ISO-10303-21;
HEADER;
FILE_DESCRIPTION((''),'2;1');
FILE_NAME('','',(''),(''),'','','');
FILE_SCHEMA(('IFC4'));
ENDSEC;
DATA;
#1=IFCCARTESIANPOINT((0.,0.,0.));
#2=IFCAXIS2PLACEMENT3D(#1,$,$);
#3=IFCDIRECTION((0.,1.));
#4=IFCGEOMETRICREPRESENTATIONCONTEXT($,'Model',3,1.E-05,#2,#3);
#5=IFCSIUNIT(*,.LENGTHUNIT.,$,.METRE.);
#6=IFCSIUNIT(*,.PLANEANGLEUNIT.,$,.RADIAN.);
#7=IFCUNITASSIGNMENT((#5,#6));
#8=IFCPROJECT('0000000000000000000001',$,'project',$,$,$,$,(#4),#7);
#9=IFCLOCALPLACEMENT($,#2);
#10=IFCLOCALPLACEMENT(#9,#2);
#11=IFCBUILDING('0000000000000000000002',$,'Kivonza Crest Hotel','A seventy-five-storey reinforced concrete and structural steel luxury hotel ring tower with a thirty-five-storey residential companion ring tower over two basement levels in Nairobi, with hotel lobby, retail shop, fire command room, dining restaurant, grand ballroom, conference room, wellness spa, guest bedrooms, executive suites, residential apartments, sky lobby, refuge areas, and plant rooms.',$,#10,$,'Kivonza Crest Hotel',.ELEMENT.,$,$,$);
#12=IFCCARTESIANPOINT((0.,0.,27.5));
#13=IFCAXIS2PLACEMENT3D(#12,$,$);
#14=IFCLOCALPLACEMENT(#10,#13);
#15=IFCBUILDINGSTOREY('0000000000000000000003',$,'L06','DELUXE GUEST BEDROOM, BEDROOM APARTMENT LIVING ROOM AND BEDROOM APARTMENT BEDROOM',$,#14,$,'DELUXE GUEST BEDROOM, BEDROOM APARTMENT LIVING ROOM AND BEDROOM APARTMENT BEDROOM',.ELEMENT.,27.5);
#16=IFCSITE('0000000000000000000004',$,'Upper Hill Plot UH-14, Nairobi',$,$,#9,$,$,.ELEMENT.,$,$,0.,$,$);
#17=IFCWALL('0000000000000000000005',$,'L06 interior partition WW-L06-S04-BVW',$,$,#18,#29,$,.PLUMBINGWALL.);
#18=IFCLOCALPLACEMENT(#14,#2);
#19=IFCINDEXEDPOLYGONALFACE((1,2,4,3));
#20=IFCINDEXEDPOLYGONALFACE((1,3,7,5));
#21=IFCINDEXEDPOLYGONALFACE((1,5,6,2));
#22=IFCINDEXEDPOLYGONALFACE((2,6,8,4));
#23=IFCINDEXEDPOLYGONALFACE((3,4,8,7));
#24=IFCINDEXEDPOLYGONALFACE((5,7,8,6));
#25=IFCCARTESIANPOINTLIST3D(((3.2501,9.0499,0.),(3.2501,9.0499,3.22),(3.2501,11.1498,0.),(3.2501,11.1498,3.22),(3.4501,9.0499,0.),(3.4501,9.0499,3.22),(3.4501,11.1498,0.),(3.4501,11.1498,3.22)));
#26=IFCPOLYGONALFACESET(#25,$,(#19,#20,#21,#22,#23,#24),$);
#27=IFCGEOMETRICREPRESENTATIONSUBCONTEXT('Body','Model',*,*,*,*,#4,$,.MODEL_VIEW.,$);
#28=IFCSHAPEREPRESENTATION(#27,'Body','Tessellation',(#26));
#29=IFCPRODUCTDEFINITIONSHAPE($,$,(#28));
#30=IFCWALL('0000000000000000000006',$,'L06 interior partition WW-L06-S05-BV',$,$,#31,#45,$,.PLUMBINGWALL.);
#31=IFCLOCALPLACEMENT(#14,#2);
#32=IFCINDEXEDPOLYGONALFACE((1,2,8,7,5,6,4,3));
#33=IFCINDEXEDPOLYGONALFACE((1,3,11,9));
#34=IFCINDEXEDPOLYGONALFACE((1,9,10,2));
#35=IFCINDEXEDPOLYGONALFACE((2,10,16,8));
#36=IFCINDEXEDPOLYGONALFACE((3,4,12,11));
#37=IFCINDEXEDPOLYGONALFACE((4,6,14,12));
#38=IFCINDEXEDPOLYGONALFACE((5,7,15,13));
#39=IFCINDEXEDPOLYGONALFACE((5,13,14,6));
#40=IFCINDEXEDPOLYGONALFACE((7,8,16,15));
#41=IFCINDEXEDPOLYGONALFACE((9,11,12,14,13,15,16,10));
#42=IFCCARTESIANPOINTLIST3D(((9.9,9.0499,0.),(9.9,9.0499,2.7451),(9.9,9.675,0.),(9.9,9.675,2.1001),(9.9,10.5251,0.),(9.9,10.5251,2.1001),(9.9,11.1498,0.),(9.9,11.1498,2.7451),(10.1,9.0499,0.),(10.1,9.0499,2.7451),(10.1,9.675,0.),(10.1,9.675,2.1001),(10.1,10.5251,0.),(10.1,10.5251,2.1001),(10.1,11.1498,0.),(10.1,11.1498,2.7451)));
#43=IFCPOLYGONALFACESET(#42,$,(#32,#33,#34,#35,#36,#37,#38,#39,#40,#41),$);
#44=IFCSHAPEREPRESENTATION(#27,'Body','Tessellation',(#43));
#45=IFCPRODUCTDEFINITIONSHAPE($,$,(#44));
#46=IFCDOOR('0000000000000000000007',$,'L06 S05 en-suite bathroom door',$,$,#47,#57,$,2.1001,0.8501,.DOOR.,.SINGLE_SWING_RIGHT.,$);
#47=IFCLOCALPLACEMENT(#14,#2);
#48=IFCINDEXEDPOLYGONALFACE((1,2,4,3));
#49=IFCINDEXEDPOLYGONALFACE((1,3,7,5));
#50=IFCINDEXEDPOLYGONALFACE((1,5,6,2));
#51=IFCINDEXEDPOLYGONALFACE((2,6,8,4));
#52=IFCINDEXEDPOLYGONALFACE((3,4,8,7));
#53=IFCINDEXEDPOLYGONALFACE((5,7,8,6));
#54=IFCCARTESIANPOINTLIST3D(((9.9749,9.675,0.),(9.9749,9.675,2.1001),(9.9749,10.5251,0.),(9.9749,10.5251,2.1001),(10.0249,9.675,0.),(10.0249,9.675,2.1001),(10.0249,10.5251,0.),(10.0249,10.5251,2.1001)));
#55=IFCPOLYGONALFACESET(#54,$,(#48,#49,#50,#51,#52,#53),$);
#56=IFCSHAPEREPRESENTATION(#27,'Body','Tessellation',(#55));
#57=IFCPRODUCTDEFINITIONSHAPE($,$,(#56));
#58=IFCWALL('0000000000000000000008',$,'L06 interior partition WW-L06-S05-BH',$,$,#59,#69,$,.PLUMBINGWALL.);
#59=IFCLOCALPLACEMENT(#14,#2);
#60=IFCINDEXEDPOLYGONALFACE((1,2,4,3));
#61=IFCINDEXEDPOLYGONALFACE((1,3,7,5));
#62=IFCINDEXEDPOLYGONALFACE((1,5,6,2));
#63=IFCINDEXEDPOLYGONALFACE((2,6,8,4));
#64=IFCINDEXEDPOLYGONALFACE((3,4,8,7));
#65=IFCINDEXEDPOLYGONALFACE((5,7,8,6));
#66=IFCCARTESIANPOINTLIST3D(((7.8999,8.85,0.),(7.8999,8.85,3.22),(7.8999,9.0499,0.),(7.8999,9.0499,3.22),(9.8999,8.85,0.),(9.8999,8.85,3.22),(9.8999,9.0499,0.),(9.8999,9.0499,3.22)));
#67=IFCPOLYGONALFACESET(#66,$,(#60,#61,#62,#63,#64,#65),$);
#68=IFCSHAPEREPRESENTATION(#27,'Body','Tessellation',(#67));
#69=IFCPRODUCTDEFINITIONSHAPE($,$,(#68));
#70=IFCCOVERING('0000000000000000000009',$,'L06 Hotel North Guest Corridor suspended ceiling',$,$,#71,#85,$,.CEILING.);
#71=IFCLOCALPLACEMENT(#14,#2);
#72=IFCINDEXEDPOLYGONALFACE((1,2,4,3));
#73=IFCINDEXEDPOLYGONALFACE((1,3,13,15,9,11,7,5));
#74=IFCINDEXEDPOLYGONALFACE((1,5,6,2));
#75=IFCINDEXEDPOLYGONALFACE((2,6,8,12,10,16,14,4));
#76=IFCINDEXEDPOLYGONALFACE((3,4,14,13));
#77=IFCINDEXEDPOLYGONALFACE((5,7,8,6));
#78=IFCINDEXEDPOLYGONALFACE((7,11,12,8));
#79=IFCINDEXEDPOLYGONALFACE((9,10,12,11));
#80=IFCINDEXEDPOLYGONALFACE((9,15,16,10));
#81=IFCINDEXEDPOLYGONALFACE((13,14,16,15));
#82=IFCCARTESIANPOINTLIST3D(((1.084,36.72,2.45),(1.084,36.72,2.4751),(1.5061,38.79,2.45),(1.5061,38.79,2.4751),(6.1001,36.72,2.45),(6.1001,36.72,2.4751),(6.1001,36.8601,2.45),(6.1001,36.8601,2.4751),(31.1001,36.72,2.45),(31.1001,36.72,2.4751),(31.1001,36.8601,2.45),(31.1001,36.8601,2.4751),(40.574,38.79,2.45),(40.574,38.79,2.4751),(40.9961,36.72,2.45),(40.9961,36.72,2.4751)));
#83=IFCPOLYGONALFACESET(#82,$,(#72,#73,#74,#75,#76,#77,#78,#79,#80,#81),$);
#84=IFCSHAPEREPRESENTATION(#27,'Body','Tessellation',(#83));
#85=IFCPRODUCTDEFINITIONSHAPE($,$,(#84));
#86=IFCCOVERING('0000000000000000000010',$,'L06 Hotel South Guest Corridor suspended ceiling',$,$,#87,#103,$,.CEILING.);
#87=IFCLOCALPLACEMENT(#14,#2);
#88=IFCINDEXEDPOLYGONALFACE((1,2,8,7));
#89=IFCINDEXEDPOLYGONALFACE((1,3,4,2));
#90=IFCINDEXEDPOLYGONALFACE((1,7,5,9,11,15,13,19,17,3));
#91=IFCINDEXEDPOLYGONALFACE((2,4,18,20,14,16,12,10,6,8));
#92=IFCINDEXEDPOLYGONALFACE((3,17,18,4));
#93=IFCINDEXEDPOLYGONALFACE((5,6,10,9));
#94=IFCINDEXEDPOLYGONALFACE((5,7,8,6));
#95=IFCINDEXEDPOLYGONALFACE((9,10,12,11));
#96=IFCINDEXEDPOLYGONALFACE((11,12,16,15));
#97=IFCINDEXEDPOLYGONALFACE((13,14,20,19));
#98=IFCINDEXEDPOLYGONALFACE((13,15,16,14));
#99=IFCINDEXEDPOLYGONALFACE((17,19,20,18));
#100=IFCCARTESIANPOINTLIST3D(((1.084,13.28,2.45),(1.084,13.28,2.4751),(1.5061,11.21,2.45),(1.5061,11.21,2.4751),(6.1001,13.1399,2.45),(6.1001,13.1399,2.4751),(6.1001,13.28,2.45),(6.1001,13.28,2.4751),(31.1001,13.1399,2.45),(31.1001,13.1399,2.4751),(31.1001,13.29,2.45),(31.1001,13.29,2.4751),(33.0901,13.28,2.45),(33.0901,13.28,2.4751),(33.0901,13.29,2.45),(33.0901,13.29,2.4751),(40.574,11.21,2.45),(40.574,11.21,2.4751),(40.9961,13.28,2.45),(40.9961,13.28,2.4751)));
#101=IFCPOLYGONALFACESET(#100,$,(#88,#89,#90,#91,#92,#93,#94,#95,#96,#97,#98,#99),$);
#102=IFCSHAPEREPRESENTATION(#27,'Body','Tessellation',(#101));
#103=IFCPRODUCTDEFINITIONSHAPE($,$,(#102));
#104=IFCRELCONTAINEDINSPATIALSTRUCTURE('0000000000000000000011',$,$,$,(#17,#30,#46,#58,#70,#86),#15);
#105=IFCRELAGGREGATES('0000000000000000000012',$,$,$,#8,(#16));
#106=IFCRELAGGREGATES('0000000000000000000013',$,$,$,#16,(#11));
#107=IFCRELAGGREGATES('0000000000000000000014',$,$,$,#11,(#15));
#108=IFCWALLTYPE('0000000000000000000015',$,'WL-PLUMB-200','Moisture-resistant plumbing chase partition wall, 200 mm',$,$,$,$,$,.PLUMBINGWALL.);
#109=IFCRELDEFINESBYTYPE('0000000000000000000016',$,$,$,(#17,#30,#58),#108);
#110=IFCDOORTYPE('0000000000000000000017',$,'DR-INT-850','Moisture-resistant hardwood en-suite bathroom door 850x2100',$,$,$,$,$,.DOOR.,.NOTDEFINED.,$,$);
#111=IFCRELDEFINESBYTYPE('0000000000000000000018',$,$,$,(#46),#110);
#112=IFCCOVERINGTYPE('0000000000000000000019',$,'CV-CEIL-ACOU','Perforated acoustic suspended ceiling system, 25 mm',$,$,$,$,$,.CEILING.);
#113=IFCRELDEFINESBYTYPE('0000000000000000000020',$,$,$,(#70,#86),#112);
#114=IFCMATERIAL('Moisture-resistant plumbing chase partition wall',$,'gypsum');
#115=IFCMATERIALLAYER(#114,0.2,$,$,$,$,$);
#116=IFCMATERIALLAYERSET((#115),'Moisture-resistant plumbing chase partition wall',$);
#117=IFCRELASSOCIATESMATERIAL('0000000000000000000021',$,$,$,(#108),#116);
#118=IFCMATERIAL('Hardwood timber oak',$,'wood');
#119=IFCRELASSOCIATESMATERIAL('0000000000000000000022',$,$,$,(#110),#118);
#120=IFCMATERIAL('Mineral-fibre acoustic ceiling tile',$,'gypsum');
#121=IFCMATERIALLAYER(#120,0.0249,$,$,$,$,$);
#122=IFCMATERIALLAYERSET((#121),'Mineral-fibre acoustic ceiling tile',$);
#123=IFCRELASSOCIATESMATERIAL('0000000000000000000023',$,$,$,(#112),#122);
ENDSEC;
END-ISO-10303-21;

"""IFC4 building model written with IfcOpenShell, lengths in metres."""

from ifc_helpers import new_model, si_unit, direction, frame, frame_2d, origin, place, context, subcontext, project, spatial, polyline, rectangle, outline, extrude, material, layer, layer_set, type_object, element, fill, save


model = new_model("IFC4")

# Units and contexts
model_context = context("Model", 3, precision=1e-05, world=origin(), true_north=direction((0.0, 1.0)))
body_context = subcontext(model_context, "Body", "Model", "MODEL_VIEW")
ifc_project = project(units=[si_unit("LENGTHUNIT", "METRE"), si_unit("PLANEANGLEUNIT", "RADIAN")], contexts=[model_context])

# Site, building, storey
site_placement = place(None, origin())
site = spatial("IfcSite", under=ifc_project, at=site_placement, Name="Upper Hill Plot UH-14, Nairobi", CompositionType="ELEMENT", RefElevation=0.0)
building_placement = place(site_placement, origin())
building = spatial("IfcBuilding", under=site, at=building_placement, Name="Kivonza Crest Hotel", Description="A seventy-five-storey reinforced concrete and structural steel luxury hotel ring tower with a thirty-five-storey residential companion ring tower over two basement levels in Nairobi, with hotel lobby, retail shop, fire command room, dining restaurant, grand ballroom, conference room, wellness spa, guest bedrooms, executive suites, residential apartments, sky lobby, refuge areas, and plant rooms.", LongName="Kivonza Crest Hotel", CompositionType="ELEMENT")
storey_placement = place(building_placement, frame((0.0, 0.0, 27.5)))
storey = spatial("IfcBuildingStorey", under=building, at=storey_placement, Name="L06", Description="DELUXE GUEST BEDROOM, BEDROOM APARTMENT LIVING ROOM AND BEDROOM APARTMENT BEDROOM", LongName="DELUXE GUEST BEDROOM, BEDROOM APARTMENT LIVING ROOM AND BEDROOM APARTMENT BEDROOM", CompositionType="ELEMENT", Elevation=27.5)

# Shared definitions
ifc_material_1 = material(Name="Moisture-resistant plumbing chase partition wall", Category="gypsum")
ifc_layer_1 = layer(ifc_material_1, 0.2)
ifc_layer_set_1 = layer_set([ifc_layer_1], Name="Moisture-resistant plumbing chase partition wall")
wall_type_1 = type_object("IfcWallType", Name="WL-PLUMB-200", Description="Moisture-resistant plumbing chase partition wall, 200 mm", PredefinedType="PLUMBINGWALL", material=ifc_layer_set_1)
ifc_material_2 = material(Name="Hardwood timber oak", Category="wood")
door_type = type_object("IfcDoorType", Name="DR-INT-850", Description="Moisture-resistant hardwood en-suite bathroom door 850x2100", OperationType="NOTDEFINED", PredefinedType="DOOR", material=ifc_material_2)

# Wall
wall_1_placement = place(storey_placement, frame((3.3501, 9.05, 0.0), z_axis=(0.0, 0.0, 1.0), x_axis=(0.0, 1.0, 0.0)))
element("IfcWall", 1, at=wall_1_placement, inside=storey, type_object=wall_type_1, Name="L06 interior partition WW-L06-S04-BVW", PredefinedType="PLUMBINGWALL", context=body_context, shape_type="SweptSolid", body=[
    extrude(rectangle(XDim=2.0999, YDim=0.2, at=frame_2d((1.0498, 0.0))), origin(), (0.0, 0.0, 1.0), 3.22),
])

# Wall, opening, door
wall_2_placement = place(storey_placement, frame((10.0, 9.05, 0.0), z_axis=(0.0, 0.0, 1.0), x_axis=(0.0, 1.0, 0.0)))
wall_2 = element("IfcWall", 2, at=wall_2_placement, inside=storey, type_object=wall_type_1, Name="L06 interior partition WW-L06-S05-BV", PredefinedType="PLUMBINGWALL", context=body_context, shape_type="SweptSolid", body=[
    extrude(rectangle(XDim=2.0999, YDim=0.2, at=frame_2d((1.0498, 0.0))), origin(), (0.0, 0.0, 1.0), 2.7451),
])
opening_1_placement = place(wall_2_placement, frame((0.625, 0.0, 0.0)))
opening_1 = element("IfcOpeningElement", 3, at=opening_1_placement, cuts=wall_2, PredefinedType="OPENING", context=body_context, shape_type="SweptSolid", body=[
    extrude(rectangle(XDim=0.8501, YDim=2.1001, at=frame_2d((0.425, 1.05))), frame((0.0, 0.1099, 0.0), z_axis=(0.0, -1.0, 0.0), x_axis=(1.0, 0.0, 0.0)), (0.0, 0.0, 1.0), 0.22),
])
door_1_placement = place(opening_1_placement, frame((0.8501, 0.0, 0.0), z_axis=(0.0, 0.0, 1.0), x_axis=(-1.0, 0.0, 0.0)))
door_1 = element("IfcDoor", 4, at=door_1_placement, inside=storey, type_object=door_type, Name="L06 S05 en-suite bathroom door", OperationType="SINGLE_SWING_RIGHT", OverallHeight=2.1001, OverallWidth=0.8501, PredefinedType="DOOR", context=body_context, shape_type="SweptSolid", body=[
    extrude(rectangle(XDim=0.8501, YDim=2.1001, at=frame_2d((0.425, 1.05))), frame((0.0, 0.0249, 0.0), z_axis=(0.0, -1.0, 0.0), x_axis=(1.0, 0.0, 0.0)), (0.0, 0.0, 1.0), 0.05),
])
fill(opening_1, door_1)

# Wall
wall_3_placement = place(storey_placement, frame((7.8999, 8.95, 0.0), z_axis=(0.0, 0.0, 1.0), x_axis=(1.0, 0.0, 0.0)))
element("IfcWall", 5, at=wall_3_placement, inside=storey, type_object=wall_type_1, Name="L06 interior partition WW-L06-S05-BH", PredefinedType="PLUMBINGWALL", context=body_context, shape_type="SweptSolid", body=[
    extrude(rectangle(XDim=2.0, YDim=0.2, at=frame_2d((1.0, 0.0))), origin(), (0.0, 0.0, 1.0), 3.22),
])

# Coverings
ifc_material_3 = material(Name="Mineral-fibre acoustic ceiling tile", Category="gypsum")
ifc_layer_2 = layer(ifc_material_3, 0.0249)
ifc_layer_set_2 = layer_set([ifc_layer_2], Name="Mineral-fibre acoustic ceiling tile")
covering_type = type_object("IfcCoveringType", Name="CV-CEIL-ACOU", Description="Perforated acoustic suspended ceiling system, 25 mm", PredefinedType="CEILING", material=ifc_layer_set_2)
covering_1_placement = place(storey_placement, frame((0.0, 0.0, 2.45)))
element("IfcCovering", 6, at=covering_1_placement, inside=storey, type_object=covering_type, Name="L06 Hotel North Guest Corridor suspended ceiling", PredefinedType="CEILING", context=body_context, shape_type="SweptSolid", body=[
    extrude(outline(polyline([(1.5061, 38.79), (1.084, 36.72), (6.1001, 36.72), (6.1001, 36.8601), (31.1001, 36.8601), (31.1001, 36.72), (40.9961, 36.72), (40.574, 38.79), (1.5061, 38.79)])), origin(), (0.0, 0.0, 1.0), 0.0251),
])
covering_2_placement = place(storey_placement, frame((0.0, 0.0, 2.45)))
element("IfcCovering", 7, at=covering_2_placement, inside=storey, type_object=covering_type, Name="L06 Hotel South Guest Corridor suspended ceiling", PredefinedType="CEILING", context=body_context, shape_type="SweptSolid", body=[
    extrude(outline(polyline([(31.1001, 13.29), (31.1001, 13.1399), (6.1001, 13.1399), (6.1001, 13.28), (1.084, 13.28), (1.5061, 11.21), (40.574, 11.21), (40.9961, 13.28), (33.0901, 13.28), (33.0901, 13.29), (31.1001, 13.29)])), origin(), (0.0, 0.0, 1.0), 0.0251),
])

save(model, "model.ifc")
